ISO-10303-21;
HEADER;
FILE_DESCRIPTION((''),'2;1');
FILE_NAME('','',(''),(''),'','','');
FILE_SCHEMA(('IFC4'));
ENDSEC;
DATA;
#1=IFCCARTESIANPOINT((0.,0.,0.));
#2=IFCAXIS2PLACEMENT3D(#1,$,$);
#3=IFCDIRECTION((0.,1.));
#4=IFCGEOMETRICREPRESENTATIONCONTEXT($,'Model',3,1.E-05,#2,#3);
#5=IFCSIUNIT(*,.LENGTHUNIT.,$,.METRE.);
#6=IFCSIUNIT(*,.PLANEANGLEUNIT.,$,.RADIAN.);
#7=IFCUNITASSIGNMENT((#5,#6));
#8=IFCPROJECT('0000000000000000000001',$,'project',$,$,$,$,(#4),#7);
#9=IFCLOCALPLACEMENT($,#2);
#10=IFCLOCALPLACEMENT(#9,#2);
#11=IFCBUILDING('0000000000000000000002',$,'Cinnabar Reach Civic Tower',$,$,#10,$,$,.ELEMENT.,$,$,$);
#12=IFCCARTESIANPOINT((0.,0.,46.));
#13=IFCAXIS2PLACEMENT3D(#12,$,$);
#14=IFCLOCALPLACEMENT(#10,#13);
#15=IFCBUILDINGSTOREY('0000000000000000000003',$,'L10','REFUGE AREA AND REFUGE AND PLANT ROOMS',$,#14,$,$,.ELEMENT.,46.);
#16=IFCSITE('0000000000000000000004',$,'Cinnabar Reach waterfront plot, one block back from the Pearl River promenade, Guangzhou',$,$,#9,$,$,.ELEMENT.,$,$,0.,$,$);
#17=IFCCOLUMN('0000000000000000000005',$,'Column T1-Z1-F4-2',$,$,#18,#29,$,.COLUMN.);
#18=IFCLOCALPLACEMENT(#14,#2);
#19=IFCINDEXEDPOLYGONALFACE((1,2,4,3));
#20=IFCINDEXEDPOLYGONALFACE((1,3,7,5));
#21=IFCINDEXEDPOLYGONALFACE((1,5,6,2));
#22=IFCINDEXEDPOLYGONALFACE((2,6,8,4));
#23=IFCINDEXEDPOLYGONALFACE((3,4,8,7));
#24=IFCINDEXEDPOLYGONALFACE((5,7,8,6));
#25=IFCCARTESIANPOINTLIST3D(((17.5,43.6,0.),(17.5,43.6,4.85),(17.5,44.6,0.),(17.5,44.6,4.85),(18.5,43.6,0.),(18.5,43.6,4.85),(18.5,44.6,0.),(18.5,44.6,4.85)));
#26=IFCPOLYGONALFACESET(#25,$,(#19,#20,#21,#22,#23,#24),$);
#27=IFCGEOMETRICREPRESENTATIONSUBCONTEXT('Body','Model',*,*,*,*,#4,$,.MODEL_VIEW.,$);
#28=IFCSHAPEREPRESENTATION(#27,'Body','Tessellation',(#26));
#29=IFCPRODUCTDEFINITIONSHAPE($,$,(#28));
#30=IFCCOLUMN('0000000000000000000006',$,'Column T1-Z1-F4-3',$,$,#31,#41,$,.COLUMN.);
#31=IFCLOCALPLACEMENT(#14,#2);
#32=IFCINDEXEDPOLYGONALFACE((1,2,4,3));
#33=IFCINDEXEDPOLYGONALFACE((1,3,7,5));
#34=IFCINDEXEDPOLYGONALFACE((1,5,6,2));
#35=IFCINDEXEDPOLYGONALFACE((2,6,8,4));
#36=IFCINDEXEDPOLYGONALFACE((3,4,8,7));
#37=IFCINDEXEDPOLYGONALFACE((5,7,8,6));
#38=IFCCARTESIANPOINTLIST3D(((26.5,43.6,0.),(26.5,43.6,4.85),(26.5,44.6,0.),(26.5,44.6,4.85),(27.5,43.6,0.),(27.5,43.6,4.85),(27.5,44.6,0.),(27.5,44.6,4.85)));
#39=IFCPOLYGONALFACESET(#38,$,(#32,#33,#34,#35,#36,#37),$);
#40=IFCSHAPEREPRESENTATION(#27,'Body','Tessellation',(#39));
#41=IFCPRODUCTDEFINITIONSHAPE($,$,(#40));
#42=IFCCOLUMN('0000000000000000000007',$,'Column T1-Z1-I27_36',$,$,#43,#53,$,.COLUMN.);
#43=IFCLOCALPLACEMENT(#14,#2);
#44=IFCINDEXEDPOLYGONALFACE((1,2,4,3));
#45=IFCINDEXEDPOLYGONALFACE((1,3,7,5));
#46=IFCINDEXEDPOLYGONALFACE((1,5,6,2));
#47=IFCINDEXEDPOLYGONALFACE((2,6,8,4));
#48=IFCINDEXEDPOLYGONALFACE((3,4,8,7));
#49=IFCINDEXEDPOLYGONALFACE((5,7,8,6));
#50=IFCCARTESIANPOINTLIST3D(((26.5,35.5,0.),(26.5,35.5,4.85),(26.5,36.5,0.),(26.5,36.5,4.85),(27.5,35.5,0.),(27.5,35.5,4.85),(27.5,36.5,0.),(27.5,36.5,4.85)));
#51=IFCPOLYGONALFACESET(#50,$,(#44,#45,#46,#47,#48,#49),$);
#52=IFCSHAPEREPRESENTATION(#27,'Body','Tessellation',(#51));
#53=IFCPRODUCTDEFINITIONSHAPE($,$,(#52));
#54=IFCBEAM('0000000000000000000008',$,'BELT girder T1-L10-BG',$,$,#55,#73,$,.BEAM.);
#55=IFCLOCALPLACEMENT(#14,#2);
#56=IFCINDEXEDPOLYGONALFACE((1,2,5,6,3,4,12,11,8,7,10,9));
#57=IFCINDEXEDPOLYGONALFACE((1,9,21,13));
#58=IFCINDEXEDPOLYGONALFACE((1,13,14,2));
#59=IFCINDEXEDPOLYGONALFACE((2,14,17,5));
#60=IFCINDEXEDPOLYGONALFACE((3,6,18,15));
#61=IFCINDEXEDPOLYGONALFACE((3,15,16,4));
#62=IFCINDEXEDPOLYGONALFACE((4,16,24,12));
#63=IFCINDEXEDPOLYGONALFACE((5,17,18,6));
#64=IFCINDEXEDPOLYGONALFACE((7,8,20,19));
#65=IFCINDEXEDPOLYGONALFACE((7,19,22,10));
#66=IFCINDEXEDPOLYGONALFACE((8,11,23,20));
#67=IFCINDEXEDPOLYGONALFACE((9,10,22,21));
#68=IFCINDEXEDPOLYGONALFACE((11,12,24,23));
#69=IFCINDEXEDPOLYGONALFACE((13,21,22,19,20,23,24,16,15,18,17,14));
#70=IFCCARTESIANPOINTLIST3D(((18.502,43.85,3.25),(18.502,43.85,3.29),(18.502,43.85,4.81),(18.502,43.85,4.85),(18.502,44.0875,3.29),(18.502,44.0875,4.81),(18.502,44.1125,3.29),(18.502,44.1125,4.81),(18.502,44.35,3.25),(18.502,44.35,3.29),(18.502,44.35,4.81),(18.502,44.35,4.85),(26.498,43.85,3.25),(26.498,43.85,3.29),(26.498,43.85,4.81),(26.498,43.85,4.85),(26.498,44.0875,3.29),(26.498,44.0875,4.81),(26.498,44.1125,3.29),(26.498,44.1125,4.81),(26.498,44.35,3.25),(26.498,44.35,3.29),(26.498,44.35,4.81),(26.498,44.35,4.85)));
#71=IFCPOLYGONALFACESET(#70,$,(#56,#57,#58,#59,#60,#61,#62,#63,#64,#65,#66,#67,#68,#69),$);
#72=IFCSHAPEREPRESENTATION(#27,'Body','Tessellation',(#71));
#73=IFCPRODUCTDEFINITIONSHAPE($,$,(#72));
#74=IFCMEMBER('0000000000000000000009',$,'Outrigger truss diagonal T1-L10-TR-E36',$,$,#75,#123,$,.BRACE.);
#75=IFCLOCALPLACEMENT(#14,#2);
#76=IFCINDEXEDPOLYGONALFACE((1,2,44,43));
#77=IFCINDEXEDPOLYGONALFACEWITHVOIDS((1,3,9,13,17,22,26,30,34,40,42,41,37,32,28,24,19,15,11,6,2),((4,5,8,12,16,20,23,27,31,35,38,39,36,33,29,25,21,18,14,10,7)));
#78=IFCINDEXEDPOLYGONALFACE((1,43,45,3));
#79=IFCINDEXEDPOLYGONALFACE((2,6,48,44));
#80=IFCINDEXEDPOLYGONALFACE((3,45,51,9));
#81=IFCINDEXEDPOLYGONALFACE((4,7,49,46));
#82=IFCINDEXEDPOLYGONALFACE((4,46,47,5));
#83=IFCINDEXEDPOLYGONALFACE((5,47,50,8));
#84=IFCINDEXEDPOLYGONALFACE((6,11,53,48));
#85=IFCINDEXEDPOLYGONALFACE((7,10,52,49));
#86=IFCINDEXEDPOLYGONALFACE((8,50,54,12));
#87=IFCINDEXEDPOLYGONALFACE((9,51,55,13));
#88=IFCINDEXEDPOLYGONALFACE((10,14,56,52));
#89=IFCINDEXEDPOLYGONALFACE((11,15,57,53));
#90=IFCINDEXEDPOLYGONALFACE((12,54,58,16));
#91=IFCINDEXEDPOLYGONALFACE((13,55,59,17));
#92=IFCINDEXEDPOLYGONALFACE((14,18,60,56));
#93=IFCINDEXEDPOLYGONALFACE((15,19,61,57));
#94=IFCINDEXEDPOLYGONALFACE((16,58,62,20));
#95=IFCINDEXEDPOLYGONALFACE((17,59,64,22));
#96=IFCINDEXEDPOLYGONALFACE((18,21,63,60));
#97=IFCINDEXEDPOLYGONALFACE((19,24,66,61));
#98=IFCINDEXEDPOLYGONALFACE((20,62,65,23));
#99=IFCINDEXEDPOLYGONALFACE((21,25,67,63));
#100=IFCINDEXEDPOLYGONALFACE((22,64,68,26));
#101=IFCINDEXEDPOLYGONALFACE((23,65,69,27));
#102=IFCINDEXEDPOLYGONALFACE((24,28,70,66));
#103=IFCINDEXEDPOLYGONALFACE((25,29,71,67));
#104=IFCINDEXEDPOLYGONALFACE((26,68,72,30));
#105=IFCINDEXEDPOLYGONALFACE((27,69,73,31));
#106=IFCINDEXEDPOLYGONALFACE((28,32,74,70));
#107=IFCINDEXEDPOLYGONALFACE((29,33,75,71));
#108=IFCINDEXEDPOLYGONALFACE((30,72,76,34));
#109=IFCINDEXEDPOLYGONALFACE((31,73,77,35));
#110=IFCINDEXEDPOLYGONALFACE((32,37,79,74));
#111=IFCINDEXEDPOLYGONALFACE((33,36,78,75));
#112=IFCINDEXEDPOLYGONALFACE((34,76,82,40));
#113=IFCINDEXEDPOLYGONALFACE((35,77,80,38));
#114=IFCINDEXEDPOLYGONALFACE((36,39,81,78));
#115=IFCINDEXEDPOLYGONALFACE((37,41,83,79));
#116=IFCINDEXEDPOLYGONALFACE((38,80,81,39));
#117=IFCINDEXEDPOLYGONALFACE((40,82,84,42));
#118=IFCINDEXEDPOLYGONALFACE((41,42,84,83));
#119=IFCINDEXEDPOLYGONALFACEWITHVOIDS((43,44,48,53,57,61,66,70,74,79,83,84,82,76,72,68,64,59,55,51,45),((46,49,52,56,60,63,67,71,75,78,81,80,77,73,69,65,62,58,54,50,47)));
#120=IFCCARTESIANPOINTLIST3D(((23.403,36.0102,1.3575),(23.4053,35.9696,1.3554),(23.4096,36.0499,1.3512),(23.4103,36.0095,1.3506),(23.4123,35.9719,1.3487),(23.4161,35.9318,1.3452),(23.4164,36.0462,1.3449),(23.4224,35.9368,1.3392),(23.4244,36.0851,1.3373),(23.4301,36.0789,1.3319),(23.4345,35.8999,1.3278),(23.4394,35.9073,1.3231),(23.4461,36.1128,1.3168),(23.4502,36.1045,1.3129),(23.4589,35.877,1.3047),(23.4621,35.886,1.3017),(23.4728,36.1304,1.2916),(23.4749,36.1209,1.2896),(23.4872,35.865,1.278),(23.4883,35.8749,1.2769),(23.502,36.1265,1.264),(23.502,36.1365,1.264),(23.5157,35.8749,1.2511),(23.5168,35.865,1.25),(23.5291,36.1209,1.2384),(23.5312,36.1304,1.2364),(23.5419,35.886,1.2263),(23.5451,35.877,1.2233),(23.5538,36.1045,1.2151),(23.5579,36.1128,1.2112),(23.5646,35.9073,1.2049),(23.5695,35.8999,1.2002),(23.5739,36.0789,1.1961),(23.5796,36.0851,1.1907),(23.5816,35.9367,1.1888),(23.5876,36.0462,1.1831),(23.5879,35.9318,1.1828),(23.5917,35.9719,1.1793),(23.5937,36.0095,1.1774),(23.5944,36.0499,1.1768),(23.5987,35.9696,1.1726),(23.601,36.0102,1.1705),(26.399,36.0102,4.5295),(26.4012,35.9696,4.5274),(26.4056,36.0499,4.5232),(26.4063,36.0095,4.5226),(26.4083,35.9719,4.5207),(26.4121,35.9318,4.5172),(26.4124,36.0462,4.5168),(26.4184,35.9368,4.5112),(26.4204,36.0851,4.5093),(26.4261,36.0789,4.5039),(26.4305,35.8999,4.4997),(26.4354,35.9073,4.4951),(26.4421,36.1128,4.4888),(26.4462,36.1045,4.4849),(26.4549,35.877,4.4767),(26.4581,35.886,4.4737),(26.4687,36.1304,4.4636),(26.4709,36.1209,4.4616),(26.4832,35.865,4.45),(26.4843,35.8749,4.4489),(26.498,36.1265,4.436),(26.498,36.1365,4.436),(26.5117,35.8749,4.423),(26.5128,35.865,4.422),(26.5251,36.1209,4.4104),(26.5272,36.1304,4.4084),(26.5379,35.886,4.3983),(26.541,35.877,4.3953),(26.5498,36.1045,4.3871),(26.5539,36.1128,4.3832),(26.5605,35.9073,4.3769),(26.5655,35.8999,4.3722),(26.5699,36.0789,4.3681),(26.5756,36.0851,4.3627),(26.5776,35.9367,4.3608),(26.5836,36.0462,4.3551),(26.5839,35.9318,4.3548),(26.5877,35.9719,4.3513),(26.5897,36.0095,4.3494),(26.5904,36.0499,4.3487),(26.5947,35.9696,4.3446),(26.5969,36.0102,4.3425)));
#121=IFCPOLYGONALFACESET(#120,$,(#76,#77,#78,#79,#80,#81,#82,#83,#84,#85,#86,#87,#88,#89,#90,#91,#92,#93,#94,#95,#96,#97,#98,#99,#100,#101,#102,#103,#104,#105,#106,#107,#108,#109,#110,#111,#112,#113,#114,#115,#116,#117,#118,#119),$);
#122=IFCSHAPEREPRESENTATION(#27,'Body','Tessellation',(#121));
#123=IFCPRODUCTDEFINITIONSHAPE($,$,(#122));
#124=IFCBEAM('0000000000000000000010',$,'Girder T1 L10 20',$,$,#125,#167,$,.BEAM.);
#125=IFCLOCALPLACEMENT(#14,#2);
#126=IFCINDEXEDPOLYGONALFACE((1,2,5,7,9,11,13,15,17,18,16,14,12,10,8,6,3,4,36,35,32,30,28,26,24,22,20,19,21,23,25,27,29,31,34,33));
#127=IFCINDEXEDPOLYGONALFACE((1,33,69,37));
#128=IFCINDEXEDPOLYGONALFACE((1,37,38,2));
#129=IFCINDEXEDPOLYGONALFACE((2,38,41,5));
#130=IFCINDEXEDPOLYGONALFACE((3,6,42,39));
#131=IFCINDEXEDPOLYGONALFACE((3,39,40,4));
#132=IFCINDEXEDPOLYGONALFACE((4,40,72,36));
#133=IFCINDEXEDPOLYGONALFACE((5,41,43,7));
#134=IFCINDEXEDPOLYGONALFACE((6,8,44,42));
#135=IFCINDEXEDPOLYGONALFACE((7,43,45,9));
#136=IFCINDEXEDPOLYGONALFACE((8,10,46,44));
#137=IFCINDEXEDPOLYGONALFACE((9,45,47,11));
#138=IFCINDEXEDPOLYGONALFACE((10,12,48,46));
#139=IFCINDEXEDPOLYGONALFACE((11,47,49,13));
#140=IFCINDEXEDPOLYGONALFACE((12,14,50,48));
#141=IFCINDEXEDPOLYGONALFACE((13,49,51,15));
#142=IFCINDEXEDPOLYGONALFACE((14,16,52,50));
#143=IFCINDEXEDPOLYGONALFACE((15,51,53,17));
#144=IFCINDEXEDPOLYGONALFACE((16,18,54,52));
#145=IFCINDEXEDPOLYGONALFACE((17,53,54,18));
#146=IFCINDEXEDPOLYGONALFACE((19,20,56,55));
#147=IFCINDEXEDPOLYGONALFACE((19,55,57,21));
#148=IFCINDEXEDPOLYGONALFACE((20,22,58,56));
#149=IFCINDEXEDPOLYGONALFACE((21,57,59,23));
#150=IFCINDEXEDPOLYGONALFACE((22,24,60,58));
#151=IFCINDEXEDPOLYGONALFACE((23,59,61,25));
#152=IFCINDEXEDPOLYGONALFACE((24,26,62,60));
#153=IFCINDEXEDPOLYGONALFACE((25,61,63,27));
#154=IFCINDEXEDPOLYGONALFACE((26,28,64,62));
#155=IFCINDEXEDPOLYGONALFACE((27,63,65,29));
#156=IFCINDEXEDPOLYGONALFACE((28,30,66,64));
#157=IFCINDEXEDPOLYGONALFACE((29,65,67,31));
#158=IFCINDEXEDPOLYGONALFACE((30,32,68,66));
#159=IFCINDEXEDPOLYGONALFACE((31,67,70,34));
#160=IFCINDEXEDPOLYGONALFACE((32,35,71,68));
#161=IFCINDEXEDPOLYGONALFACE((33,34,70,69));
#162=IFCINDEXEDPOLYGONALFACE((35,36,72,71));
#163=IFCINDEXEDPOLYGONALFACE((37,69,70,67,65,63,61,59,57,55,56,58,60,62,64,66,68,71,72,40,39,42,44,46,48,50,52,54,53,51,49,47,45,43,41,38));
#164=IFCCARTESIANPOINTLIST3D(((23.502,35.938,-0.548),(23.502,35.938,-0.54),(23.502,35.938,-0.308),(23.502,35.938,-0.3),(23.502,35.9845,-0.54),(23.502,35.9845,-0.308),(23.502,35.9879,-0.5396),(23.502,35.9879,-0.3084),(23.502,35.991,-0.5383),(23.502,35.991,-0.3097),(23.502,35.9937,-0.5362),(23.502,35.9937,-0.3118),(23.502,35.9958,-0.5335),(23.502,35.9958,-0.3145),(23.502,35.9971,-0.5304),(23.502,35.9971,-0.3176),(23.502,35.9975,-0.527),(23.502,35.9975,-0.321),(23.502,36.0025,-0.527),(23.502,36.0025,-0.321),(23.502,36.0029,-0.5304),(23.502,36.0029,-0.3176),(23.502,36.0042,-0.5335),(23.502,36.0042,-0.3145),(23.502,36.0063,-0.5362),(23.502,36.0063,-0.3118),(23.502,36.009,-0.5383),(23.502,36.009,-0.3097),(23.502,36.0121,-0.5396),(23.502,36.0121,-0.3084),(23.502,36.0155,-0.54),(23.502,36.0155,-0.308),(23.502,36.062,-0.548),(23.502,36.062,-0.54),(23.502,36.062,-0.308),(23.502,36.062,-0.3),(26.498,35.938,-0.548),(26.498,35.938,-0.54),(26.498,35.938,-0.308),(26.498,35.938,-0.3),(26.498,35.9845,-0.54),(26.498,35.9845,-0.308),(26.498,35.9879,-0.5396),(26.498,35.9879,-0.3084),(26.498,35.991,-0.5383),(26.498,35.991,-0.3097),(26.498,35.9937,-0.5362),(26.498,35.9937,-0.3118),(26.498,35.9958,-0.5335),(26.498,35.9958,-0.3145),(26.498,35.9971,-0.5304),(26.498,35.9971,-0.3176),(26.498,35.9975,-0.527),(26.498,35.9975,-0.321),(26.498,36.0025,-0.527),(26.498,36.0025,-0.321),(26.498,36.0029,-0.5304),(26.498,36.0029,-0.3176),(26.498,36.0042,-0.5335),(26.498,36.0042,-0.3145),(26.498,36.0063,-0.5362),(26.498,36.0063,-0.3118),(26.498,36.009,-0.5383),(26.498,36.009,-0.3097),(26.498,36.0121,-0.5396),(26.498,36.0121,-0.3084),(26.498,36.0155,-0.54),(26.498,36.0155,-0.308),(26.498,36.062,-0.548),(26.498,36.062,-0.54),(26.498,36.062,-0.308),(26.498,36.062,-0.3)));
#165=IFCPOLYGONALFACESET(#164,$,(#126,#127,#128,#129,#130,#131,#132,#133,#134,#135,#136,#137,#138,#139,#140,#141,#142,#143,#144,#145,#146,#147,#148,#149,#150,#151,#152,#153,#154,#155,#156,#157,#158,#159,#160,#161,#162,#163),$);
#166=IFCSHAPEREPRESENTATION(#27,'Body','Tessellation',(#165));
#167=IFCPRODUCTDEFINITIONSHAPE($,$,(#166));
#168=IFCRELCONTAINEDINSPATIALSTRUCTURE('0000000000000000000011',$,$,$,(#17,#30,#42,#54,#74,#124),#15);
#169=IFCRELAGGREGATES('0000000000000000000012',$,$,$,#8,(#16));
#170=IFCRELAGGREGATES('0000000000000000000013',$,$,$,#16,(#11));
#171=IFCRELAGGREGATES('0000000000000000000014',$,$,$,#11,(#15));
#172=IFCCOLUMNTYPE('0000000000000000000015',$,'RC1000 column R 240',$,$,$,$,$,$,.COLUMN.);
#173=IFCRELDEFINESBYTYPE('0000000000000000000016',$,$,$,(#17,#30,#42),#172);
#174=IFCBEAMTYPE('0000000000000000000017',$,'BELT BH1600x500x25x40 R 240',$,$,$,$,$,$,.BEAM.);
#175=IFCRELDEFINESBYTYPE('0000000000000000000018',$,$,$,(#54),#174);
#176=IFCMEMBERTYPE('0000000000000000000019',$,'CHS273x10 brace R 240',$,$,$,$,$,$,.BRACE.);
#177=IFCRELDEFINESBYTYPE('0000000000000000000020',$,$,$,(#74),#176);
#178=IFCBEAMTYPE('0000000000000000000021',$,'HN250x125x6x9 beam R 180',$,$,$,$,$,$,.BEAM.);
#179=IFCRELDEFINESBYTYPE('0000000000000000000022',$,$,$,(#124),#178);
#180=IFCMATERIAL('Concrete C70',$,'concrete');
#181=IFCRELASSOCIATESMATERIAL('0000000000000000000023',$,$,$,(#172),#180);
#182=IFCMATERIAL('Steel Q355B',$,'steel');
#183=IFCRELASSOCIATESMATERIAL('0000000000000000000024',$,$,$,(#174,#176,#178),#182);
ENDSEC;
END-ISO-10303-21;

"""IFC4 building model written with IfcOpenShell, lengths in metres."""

from ifc_helpers import new_model, si_unit, direction, frame, origin, origin_2d, place, context, subcontext, project, spatial, rectangle, hollow_circle, i_section, extrude, material, material_profile, profile_set, type_object, element, save


model = new_model("IFC4")

# Units and contexts
model_context = context("Model", 3, precision=1e-05, world=origin(), true_north=direction((0.0, 1.0)))
body_context = subcontext(model_context, "Body", "Model", "MODEL_VIEW")
ifc_project = project(units=[si_unit("LENGTHUNIT", "METRE"), si_unit("PLANEANGLEUNIT", "RADIAN")], contexts=[model_context])

# Site, building, storey
site_placement = place(None, origin())
site = spatial("IfcSite", under=ifc_project, at=site_placement, Name="Cinnabar Reach waterfront plot, one block back from the Pearl River promenade, Guangzhou", CompositionType="ELEMENT", RefElevation=0.0)
building_placement = place(site_placement, origin())
building = spatial("IfcBuilding", under=site, at=building_placement, Name="Cinnabar Reach Civic Tower", CompositionType="ELEMENT")
storey_placement = place(building_placement, frame((0.0, 0.0, 46.0)))
storey = spatial("IfcBuildingStorey", under=building, at=storey_placement, Name="L10", Description="REFUGE AREA AND REFUGE AND PLANT ROOMS", CompositionType="ELEMENT", Elevation=46.0)

# Columns
ifc_material_1 = material(Name="Concrete C70", Category="concrete")
ifc_material_profile_1 = material_profile(ifc_material_1, rectangle(XDim=1.0, YDim=1.0, at=origin_2d()), Name="RC1000")
ifc_profile_set_1 = profile_set([ifc_material_profile_1], Name="Concrete C70")
column_type = type_object("IfcColumnType", Name="RC1000 column R 240", PredefinedType="COLUMN", material=ifc_profile_set_1)
for number, where, z_axis, x_axis, name in (
    (1, (18.0, 44.1, 0.0), (0.0, 0.0, 1.0), (1.0, 0.0, 0.0), "Column T1-Z1-F4-2"),
    (2, (27.0, 44.1, 0.0), (0.0, 0.0, 1.0), (1.0, 0.0, 0.0), "Column T1-Z1-F4-3"),
    (3, (27.0, 36.0, 0.0), (0.0, 0.0, 1.0), (1.0, 0.0, 0.0), "Column T1-Z1-I27_36"),
):
    element("IfcColumn", number, at=place(storey_placement, frame(where, z_axis=z_axis, x_axis=x_axis)), inside=storey, type_object=column_type, Name=name, PredefinedType="COLUMN", context=body_context, shape_type="SweptSolid", body=[
        extrude(rectangle(XDim=1.0, YDim=1.0, at=origin_2d()), origin(), (0.0, 0.0, 1.0), 4.85),
    ])

# Beam
ifc_material_2 = material(Name="Steel Q355B", Category="steel")
ifc_material_profile_2 = material_profile(ifc_material_2, i_section(OverallWidth=0.5, OverallDepth=1.6, WebThickness=0.025, FlangeThickness=0.04, at=origin_2d()), Name="BH1600x500x25x40")
ifc_profile_set_2 = profile_set([ifc_material_profile_2], Name="Steel Q355B")
beam_type_1 = type_object("IfcBeamType", Name="BELT BH1600x500x25x40 R 240", PredefinedType="BEAM", material=ifc_profile_set_2)
beam_1_placement = place(storey_placement, frame((18.502, 44.1, 4.05), z_axis=(1.0, 0.0, 0.0), x_axis=(0.0, 1.0, 0.0)))
element("IfcBeam", 4, at=beam_1_placement, inside=storey, type_object=beam_type_1, Name="BELT girder T1-L10-BG", PredefinedType="BEAM", context=body_context, shape_type="SweptSolid", body=[
    extrude(i_section(OverallWidth=0.5, OverallDepth=1.6, WebThickness=0.025, FlangeThickness=0.04, at=origin_2d()), origin(), (0.0, 0.0, 1.0), 7.996),
])

# Member
ifc_material_profile_3 = material_profile(ifc_material_2, hollow_circle(Radius=0.1365, WallThickness=0.01, at=origin_2d()), Name="CHS273x10")
ifc_profile_set_3 = profile_set([ifc_material_profile_3], Name="Steel Q355B")
member_type_1 = type_object("IfcMemberType", Name="CHS273x10 brace R 240", PredefinedType="BRACE", material=ifc_profile_set_3)
member_placement = place(storey_placement, frame((23.502, 36.0, 1.264), z_axis=(0.68665, 0.0, 0.726988), x_axis=(0.0, 1.0, 0.0)))
element("IfcMember", 5, at=member_placement, inside=storey, type_object=member_type_1, Name="Outrigger truss diagonal T1-L10-TR-E36", PredefinedType="BRACE", context=body_context, shape_type="SweptSolid", body=[
    extrude(hollow_circle(Radius=0.1365, WallThickness=0.01, at=origin_2d()), origin(), (0.0, 0.0, 1.0), 4.3632),
])

# Beam
ifc_material_profile_4 = material_profile(ifc_material_2, i_section(OverallWidth=0.124, OverallDepth=0.248, WebThickness=0.005, FlangeThickness=0.008, FilletRadius=0.013, at=origin_2d()), Name="HN250x125x6x9")
ifc_profile_set_4 = profile_set([ifc_material_profile_4], Name="Steel Q355B")
beam_type_2 = type_object("IfcBeamType", Name="HN250x125x6x9 beam R 180", PredefinedType="BEAM", material=ifc_profile_set_4)
beam_2_placement = place(storey_placement, frame((23.502, 36.0, -0.424), z_axis=(1.0, 0.0, 0.0), x_axis=(0.0, 1.0, 0.0)))
element("IfcBeam", 6, at=beam_2_placement, inside=storey, type_object=beam_type_2, Name="Girder T1 L10 20", PredefinedType="BEAM", context=body_context, shape_type="SweptSolid", body=[
    extrude(i_section(OverallWidth=0.124, OverallDepth=0.248, WebThickness=0.005, FlangeThickness=0.008, FilletRadius=0.013, at=origin_2d()), origin(), (0.0, 0.0, 1.0), 2.996),
])

save(model, "model.ifc")
